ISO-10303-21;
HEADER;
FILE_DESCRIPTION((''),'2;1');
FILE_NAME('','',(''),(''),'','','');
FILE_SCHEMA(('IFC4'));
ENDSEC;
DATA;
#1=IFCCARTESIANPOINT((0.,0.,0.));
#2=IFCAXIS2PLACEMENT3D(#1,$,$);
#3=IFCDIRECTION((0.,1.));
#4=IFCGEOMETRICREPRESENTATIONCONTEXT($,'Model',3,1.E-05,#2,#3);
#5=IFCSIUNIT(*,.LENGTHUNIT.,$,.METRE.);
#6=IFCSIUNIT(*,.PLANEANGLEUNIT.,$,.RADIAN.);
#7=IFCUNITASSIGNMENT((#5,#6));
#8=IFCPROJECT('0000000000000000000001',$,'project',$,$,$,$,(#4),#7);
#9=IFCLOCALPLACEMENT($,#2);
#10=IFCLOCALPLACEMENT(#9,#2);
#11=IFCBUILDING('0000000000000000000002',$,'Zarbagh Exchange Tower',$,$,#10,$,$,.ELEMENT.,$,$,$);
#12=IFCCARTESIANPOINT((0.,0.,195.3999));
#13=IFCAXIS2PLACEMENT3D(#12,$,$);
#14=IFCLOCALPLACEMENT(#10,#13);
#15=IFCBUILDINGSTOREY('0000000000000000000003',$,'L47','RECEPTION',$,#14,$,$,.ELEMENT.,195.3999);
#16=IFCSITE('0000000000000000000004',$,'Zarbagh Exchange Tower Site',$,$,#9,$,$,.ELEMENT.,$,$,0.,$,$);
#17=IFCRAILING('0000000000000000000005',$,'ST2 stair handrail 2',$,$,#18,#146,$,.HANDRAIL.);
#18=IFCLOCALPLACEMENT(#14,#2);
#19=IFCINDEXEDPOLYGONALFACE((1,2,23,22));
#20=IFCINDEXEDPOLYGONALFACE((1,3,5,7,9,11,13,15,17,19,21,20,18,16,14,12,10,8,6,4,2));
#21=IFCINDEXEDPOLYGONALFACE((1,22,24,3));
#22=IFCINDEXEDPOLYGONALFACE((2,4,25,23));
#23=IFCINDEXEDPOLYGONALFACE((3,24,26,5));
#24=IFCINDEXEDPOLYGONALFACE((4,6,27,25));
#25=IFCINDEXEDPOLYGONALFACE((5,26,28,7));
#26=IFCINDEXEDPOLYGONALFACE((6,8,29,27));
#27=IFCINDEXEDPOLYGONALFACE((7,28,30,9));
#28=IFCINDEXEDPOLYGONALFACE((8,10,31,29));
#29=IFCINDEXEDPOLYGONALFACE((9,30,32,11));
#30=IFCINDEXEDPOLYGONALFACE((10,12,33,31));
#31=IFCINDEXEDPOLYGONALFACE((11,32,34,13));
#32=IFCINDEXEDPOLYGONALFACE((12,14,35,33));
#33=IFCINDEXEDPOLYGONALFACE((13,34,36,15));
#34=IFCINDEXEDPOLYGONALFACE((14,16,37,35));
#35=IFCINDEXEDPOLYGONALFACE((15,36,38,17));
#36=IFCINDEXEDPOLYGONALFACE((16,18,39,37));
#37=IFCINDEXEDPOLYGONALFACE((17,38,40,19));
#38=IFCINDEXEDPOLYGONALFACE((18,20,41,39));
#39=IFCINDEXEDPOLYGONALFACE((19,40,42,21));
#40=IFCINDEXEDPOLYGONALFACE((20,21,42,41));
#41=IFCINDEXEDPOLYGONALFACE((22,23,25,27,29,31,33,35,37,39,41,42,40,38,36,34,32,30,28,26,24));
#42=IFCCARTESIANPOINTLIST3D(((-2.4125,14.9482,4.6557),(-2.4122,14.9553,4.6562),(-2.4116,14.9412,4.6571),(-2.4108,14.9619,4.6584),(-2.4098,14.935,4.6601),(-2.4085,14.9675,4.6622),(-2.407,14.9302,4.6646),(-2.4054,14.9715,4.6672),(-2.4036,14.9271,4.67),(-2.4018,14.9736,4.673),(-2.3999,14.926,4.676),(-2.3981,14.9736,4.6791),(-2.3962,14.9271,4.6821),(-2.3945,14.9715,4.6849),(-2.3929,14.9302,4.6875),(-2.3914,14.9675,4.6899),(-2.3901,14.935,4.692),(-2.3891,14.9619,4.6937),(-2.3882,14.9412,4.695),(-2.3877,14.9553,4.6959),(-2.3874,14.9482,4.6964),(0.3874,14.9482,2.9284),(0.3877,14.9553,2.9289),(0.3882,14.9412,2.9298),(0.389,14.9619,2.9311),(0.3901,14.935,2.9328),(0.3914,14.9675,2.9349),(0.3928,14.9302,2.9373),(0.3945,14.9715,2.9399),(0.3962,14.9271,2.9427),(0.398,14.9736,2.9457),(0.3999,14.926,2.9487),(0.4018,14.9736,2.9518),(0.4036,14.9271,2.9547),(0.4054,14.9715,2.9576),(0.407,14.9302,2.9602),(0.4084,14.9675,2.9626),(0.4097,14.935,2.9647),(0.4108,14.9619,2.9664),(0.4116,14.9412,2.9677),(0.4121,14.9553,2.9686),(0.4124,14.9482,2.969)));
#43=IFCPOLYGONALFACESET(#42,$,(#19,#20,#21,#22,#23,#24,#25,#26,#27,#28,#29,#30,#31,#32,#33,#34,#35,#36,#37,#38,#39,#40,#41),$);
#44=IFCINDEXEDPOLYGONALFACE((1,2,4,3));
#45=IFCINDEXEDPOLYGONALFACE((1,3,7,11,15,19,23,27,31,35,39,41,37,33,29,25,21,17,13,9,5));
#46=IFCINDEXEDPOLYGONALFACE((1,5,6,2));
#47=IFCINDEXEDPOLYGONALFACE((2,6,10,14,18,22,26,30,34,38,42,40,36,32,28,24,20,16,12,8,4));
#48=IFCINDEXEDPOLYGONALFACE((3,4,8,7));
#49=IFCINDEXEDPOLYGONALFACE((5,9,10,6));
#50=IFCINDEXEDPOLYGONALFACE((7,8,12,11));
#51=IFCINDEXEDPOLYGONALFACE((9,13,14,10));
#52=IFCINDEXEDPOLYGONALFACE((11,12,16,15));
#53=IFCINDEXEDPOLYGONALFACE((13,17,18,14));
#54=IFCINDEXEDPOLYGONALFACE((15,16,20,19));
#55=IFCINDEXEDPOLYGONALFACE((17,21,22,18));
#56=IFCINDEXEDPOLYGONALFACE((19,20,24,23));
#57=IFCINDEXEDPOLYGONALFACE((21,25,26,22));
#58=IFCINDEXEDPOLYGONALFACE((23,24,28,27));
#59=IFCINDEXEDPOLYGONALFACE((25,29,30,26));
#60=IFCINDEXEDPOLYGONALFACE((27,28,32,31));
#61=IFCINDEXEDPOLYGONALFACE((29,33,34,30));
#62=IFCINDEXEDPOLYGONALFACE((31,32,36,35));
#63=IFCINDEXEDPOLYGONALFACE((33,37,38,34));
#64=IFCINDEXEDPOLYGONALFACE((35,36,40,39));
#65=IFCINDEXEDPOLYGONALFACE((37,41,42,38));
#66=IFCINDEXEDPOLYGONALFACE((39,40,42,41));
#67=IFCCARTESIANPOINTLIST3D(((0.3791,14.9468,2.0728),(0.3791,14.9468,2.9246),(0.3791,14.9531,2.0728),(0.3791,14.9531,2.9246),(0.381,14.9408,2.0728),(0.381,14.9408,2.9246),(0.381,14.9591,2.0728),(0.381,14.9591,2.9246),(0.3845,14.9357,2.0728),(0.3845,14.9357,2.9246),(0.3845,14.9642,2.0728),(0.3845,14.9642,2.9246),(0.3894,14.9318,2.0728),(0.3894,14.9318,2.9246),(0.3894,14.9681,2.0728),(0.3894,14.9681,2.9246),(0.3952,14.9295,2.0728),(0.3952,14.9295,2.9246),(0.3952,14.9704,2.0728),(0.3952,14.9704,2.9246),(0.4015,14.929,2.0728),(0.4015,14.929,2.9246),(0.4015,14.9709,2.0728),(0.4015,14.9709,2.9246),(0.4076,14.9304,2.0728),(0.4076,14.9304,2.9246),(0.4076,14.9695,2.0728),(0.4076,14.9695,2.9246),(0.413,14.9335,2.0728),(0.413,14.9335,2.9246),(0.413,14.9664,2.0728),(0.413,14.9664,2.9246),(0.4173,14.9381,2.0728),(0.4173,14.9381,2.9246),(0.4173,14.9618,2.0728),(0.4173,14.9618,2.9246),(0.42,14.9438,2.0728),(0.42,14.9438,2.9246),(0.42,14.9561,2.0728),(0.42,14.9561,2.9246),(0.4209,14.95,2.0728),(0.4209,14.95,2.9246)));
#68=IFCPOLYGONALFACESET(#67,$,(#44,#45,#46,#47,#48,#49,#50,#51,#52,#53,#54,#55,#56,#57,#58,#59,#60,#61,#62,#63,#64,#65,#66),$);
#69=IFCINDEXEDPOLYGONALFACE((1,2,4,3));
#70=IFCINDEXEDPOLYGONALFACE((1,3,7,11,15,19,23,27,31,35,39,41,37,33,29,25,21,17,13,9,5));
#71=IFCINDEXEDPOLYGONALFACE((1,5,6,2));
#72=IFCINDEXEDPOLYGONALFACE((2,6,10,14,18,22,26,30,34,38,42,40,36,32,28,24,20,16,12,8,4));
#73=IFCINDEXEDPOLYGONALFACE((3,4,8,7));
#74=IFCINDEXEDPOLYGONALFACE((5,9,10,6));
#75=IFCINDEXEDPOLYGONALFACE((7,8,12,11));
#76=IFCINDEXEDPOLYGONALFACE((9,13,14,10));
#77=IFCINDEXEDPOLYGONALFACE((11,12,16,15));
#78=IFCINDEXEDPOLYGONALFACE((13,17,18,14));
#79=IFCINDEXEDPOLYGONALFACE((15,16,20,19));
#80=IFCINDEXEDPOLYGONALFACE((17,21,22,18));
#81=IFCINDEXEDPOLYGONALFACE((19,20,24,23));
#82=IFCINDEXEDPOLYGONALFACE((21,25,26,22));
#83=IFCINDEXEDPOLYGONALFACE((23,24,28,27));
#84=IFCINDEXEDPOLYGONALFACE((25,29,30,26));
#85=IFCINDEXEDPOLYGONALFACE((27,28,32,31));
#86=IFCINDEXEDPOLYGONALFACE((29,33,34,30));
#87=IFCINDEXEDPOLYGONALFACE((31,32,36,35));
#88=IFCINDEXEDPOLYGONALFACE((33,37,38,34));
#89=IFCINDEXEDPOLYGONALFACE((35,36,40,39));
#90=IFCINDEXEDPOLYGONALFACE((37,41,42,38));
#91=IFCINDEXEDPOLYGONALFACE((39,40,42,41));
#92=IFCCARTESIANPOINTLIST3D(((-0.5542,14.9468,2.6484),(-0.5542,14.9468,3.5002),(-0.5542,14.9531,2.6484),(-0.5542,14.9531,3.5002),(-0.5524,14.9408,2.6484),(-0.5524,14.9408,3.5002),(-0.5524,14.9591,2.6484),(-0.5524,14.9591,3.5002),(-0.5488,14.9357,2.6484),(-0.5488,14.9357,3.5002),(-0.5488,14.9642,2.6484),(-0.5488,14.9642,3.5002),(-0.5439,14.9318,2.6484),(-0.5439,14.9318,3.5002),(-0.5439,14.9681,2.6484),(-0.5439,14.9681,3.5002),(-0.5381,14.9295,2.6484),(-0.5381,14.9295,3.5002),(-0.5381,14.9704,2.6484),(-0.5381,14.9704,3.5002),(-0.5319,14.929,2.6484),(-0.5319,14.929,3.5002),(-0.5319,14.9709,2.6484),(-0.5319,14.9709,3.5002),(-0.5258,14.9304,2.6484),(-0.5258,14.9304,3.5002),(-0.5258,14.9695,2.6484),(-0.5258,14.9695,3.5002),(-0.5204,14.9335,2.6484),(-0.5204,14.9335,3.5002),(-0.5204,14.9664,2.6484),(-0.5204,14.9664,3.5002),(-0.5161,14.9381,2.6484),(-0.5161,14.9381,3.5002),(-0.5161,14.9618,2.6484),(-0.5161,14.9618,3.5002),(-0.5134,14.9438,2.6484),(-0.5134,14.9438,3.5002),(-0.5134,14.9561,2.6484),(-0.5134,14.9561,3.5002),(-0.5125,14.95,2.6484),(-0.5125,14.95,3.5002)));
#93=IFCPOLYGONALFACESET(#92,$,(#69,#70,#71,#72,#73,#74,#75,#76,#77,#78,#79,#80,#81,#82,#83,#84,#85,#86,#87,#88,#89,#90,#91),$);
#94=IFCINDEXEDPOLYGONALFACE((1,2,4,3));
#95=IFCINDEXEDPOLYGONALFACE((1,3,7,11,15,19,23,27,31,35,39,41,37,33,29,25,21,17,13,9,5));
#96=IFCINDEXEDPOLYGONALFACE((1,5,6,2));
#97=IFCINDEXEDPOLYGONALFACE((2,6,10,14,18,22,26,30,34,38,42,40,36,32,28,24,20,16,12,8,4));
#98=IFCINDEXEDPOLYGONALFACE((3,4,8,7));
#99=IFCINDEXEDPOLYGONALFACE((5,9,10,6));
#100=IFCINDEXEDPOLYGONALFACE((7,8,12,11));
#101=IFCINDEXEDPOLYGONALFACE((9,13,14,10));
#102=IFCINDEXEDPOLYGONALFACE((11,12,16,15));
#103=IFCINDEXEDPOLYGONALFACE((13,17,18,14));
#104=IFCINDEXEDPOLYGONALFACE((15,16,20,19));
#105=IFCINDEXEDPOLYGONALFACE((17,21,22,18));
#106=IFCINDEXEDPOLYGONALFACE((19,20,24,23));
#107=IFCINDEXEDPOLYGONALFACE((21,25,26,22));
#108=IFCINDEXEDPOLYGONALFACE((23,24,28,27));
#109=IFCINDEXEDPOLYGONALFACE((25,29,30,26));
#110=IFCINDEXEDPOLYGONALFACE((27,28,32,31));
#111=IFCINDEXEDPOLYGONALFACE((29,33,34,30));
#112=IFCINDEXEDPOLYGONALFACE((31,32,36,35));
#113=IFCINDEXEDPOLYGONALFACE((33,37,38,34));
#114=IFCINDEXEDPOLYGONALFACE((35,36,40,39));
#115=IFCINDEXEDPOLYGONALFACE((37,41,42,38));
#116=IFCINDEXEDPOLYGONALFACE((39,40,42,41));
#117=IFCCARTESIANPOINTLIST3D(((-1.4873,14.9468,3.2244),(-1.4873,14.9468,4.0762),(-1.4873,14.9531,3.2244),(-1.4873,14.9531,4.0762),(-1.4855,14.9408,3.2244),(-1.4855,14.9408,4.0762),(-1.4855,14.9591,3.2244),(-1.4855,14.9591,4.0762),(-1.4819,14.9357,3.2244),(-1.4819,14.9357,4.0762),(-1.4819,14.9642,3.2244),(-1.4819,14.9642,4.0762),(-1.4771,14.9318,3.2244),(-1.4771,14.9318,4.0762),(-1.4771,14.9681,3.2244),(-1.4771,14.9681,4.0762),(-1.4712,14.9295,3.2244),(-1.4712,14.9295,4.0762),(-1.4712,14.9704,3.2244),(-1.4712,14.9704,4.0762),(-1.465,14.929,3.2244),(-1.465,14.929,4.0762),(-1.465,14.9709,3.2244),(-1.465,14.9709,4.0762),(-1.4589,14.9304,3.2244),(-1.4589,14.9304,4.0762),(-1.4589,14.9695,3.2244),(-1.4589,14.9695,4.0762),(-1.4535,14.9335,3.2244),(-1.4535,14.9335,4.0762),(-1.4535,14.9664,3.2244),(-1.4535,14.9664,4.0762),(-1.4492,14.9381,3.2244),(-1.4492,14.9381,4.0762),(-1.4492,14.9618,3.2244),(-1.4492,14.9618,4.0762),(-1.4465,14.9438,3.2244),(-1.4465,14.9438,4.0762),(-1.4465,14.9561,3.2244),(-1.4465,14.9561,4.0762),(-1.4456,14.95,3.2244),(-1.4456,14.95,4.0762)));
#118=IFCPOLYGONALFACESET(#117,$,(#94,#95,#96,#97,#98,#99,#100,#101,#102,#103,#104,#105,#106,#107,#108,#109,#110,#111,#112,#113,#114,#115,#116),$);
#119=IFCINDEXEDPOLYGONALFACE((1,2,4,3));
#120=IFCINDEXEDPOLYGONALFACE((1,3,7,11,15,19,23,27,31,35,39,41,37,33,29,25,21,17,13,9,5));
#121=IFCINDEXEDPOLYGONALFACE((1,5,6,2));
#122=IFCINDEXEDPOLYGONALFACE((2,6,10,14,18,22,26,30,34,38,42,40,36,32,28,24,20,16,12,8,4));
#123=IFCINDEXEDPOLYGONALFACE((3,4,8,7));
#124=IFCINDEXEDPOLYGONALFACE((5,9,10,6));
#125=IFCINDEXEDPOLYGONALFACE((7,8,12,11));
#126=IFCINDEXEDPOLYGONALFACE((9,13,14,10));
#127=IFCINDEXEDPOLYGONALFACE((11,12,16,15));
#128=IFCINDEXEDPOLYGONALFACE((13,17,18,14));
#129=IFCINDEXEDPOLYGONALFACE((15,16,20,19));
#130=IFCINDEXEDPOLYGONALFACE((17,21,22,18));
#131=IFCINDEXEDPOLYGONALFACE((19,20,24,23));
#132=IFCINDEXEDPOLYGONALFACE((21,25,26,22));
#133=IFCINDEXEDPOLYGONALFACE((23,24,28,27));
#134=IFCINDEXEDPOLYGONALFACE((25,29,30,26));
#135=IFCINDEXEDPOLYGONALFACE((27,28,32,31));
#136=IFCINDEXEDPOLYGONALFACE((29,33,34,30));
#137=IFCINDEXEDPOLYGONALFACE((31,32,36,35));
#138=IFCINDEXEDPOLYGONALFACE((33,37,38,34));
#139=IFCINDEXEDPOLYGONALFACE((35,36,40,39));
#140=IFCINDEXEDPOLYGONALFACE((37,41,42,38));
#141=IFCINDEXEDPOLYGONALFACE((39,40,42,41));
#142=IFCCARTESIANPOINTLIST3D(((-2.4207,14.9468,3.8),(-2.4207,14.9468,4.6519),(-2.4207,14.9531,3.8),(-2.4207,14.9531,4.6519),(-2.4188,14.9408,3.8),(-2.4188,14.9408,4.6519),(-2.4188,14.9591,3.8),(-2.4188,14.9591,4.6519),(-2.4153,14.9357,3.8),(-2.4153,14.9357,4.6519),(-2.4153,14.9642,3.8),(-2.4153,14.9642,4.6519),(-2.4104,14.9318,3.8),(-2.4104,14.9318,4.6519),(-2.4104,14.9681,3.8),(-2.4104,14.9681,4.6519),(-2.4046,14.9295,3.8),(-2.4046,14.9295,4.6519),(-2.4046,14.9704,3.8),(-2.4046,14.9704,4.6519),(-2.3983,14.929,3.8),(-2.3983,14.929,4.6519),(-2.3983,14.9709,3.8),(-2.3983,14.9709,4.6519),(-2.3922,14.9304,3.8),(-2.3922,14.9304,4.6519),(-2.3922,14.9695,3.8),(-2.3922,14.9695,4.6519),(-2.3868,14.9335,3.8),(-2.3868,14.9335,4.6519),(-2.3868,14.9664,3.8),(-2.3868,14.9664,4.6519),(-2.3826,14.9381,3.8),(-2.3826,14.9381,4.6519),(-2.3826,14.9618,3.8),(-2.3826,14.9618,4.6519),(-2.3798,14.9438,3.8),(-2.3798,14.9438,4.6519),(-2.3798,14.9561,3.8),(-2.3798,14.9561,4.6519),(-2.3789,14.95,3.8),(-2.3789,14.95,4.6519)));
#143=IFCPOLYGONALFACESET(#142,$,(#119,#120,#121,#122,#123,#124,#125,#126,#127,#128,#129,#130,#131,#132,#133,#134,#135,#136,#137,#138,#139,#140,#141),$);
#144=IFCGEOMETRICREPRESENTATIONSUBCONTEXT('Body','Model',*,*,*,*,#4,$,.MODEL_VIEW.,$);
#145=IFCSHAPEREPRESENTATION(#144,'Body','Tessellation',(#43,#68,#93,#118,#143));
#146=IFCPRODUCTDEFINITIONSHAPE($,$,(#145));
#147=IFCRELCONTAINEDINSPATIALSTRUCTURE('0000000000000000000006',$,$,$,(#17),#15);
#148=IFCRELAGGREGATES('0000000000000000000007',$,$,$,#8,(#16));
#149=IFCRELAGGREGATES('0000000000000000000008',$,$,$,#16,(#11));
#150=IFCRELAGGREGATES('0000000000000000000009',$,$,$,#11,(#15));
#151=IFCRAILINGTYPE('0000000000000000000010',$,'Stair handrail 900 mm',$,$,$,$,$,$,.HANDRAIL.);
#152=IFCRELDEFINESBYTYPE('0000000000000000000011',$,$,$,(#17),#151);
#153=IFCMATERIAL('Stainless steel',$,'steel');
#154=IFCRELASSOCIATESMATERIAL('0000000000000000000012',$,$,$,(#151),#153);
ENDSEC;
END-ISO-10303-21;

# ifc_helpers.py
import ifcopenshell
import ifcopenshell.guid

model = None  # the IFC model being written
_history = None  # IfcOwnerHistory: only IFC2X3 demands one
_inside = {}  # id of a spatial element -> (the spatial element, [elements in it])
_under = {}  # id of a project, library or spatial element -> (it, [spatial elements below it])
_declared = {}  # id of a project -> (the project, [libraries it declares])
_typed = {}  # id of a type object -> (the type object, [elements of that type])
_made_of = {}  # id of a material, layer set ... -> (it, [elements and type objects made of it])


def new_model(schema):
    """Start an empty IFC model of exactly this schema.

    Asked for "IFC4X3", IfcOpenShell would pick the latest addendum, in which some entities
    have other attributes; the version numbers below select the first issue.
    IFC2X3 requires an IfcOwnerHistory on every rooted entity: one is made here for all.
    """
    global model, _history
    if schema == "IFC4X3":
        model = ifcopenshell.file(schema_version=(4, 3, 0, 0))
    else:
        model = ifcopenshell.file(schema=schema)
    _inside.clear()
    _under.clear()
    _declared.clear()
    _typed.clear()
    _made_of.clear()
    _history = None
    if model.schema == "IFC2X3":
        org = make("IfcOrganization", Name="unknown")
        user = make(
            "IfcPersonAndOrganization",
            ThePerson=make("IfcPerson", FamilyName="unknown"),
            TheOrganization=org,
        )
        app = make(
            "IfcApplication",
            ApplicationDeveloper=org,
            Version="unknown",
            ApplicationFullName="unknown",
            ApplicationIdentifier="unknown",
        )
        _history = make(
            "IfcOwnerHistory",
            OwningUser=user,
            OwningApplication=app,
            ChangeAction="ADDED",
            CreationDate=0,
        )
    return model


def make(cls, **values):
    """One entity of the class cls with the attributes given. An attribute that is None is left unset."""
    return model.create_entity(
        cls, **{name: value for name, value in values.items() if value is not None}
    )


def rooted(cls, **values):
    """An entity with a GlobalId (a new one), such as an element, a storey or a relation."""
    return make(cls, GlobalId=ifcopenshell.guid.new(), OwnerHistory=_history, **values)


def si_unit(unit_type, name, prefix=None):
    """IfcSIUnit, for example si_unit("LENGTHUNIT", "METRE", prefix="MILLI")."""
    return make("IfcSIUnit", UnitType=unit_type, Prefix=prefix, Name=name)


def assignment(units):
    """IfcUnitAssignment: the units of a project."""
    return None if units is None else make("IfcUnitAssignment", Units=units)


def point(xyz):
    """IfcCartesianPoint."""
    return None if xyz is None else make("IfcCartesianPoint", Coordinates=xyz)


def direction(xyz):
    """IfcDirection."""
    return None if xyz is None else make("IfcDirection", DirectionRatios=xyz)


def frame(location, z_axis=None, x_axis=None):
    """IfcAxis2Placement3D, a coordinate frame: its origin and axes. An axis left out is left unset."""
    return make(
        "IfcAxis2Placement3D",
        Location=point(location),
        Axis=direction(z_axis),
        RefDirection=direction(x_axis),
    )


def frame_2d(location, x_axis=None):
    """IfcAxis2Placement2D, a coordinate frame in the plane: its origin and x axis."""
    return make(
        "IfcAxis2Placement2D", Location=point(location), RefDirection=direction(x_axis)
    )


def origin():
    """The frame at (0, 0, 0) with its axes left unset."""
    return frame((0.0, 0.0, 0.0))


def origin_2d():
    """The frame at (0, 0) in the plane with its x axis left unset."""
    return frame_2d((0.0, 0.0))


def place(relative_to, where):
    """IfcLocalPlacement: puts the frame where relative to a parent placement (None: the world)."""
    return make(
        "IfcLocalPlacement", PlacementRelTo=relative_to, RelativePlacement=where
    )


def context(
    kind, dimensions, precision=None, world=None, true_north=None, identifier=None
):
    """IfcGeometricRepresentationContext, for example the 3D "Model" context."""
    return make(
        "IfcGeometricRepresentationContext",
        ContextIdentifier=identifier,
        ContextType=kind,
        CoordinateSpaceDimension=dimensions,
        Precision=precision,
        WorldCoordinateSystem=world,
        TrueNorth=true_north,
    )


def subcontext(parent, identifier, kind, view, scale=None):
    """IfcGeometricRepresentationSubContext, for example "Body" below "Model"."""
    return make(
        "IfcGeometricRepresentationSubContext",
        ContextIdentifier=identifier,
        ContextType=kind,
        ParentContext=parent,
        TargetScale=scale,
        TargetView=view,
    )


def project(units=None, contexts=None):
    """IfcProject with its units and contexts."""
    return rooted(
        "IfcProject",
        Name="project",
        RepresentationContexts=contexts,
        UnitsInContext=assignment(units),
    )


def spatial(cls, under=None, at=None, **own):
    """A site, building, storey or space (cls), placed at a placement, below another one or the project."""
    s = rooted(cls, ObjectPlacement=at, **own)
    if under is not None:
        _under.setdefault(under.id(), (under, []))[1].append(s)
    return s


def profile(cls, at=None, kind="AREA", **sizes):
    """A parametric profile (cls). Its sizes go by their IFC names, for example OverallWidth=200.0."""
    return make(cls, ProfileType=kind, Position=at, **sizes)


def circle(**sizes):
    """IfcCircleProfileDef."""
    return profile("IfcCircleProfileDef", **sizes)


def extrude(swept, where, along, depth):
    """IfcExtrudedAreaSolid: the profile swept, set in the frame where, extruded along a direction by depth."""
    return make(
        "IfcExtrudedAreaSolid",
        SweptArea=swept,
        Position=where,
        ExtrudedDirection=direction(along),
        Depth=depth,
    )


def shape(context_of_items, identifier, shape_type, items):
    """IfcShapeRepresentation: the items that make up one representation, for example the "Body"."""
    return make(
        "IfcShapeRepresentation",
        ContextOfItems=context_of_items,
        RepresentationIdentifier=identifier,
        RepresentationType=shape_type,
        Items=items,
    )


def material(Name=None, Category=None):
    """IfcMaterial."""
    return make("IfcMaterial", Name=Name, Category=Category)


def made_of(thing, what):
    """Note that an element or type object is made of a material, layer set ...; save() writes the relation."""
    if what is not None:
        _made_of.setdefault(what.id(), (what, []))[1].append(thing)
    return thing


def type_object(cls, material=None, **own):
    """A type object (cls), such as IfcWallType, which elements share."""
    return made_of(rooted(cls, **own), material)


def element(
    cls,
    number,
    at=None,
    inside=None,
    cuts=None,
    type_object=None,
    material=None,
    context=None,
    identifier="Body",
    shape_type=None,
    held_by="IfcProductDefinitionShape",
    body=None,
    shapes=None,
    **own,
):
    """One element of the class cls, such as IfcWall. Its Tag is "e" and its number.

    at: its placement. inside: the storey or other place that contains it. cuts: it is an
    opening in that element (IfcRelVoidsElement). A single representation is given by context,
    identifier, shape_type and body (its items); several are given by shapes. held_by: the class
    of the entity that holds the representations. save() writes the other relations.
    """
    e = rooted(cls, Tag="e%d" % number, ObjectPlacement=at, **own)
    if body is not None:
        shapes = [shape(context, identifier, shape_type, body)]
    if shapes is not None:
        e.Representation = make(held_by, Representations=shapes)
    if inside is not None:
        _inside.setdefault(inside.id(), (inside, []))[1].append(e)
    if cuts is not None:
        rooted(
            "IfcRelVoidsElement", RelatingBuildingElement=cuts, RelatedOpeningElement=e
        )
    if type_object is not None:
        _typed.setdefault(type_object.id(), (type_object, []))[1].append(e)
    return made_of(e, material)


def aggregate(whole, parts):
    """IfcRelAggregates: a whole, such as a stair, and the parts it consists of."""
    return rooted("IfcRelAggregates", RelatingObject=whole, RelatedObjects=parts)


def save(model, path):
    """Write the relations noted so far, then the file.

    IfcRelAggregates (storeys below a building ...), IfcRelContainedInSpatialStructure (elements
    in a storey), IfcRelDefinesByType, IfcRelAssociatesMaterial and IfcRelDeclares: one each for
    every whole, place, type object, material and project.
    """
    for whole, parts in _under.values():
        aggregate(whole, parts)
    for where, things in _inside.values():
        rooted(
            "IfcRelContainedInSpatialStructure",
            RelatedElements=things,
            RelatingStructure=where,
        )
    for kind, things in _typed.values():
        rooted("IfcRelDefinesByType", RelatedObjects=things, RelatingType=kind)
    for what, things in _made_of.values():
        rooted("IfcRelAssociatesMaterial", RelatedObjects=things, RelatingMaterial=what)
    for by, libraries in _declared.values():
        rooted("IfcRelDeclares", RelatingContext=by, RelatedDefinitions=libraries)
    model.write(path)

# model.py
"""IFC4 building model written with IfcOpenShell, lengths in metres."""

from ifc_helpers import new_model, si_unit, direction, frame, origin, origin_2d, place, context, subcontext, project, spatial, circle, extrude, material, type_object, element, save


model = new_model("IFC4")

# Units and contexts
model_context = context("Model", 3, precision=1e-05, world=origin(), true_north=direction((0.0, 1.0)))
body_context = subcontext(model_context, "Body", "Model", "MODEL_VIEW")
ifc_project = project(units=[si_unit("LENGTHUNIT", "METRE"), si_unit("PLANEANGLEUNIT", "RADIAN")], contexts=[model_context])

# Site, building, storey
site_placement = place(None, origin())
site = spatial("IfcSite", under=ifc_project, at=site_placement, Name="Zarbagh Exchange Tower Site", CompositionType="ELEMENT", RefElevation=0.0)
building_placement = place(site_placement, origin())
building = spatial("IfcBuilding", under=site, at=building_placement, Name="Zarbagh Exchange Tower", CompositionType="ELEMENT")
storey_placement = place(building_placement, frame((0.0, 0.0, 195.3999)))
storey = spatial("IfcBuildingStorey", under=building, at=storey_placement, Name="L47", Description="RECEPTION", CompositionType="ELEMENT", Elevation=195.3999)

# Railing
ifc_material_1 = material(Name="Stainless steel", Category="steel")
railing_type = type_object("IfcRailingType", Name="Stair handrail 900 mm", PredefinedType="HANDRAIL", material=ifc_material_1)
railing_placement = place(storey_placement, frame((0.3999, 14.95, 2.0728)))
element("IfcRailing", 1, at=railing_placement, inside=storey, type_object=railing_type, Name="ST2 stair handrail 2", PredefinedType="HANDRAIL", context=body_context, shape_type="SweptSolid", body=[
    extrude(circle(Radius=0.0239, at=origin_2d()), frame((0.0, 0.0, 0.876), z_axis=(-0.851069, 0.0, 0.525054), x_axis=(0.0, -1.0, 0.0)), (0.0, 0.0, 1.0), 3.2898),
    extrude(circle(Radius=0.021, at=origin_2d()), origin(), (0.0, 0.0, 1.0), 0.8518),
    extrude(circle(Radius=0.021, at=origin_2d()), frame((-0.9333, 0.0, 0.5757)), (0.0, 0.0, 1.0), 0.8518),
    extrude(circle(Radius=0.021, at=origin_2d()), frame((-1.8665, 0.0, 1.1516)), (0.0, 0.0, 1.0), 0.8518),
    extrude(circle(Radius=0.021, at=origin_2d()), frame((-2.7998, 0.0, 1.7273)), (0.0, 0.0, 1.0), 0.8518),
])

save(model, "model.ifc")
